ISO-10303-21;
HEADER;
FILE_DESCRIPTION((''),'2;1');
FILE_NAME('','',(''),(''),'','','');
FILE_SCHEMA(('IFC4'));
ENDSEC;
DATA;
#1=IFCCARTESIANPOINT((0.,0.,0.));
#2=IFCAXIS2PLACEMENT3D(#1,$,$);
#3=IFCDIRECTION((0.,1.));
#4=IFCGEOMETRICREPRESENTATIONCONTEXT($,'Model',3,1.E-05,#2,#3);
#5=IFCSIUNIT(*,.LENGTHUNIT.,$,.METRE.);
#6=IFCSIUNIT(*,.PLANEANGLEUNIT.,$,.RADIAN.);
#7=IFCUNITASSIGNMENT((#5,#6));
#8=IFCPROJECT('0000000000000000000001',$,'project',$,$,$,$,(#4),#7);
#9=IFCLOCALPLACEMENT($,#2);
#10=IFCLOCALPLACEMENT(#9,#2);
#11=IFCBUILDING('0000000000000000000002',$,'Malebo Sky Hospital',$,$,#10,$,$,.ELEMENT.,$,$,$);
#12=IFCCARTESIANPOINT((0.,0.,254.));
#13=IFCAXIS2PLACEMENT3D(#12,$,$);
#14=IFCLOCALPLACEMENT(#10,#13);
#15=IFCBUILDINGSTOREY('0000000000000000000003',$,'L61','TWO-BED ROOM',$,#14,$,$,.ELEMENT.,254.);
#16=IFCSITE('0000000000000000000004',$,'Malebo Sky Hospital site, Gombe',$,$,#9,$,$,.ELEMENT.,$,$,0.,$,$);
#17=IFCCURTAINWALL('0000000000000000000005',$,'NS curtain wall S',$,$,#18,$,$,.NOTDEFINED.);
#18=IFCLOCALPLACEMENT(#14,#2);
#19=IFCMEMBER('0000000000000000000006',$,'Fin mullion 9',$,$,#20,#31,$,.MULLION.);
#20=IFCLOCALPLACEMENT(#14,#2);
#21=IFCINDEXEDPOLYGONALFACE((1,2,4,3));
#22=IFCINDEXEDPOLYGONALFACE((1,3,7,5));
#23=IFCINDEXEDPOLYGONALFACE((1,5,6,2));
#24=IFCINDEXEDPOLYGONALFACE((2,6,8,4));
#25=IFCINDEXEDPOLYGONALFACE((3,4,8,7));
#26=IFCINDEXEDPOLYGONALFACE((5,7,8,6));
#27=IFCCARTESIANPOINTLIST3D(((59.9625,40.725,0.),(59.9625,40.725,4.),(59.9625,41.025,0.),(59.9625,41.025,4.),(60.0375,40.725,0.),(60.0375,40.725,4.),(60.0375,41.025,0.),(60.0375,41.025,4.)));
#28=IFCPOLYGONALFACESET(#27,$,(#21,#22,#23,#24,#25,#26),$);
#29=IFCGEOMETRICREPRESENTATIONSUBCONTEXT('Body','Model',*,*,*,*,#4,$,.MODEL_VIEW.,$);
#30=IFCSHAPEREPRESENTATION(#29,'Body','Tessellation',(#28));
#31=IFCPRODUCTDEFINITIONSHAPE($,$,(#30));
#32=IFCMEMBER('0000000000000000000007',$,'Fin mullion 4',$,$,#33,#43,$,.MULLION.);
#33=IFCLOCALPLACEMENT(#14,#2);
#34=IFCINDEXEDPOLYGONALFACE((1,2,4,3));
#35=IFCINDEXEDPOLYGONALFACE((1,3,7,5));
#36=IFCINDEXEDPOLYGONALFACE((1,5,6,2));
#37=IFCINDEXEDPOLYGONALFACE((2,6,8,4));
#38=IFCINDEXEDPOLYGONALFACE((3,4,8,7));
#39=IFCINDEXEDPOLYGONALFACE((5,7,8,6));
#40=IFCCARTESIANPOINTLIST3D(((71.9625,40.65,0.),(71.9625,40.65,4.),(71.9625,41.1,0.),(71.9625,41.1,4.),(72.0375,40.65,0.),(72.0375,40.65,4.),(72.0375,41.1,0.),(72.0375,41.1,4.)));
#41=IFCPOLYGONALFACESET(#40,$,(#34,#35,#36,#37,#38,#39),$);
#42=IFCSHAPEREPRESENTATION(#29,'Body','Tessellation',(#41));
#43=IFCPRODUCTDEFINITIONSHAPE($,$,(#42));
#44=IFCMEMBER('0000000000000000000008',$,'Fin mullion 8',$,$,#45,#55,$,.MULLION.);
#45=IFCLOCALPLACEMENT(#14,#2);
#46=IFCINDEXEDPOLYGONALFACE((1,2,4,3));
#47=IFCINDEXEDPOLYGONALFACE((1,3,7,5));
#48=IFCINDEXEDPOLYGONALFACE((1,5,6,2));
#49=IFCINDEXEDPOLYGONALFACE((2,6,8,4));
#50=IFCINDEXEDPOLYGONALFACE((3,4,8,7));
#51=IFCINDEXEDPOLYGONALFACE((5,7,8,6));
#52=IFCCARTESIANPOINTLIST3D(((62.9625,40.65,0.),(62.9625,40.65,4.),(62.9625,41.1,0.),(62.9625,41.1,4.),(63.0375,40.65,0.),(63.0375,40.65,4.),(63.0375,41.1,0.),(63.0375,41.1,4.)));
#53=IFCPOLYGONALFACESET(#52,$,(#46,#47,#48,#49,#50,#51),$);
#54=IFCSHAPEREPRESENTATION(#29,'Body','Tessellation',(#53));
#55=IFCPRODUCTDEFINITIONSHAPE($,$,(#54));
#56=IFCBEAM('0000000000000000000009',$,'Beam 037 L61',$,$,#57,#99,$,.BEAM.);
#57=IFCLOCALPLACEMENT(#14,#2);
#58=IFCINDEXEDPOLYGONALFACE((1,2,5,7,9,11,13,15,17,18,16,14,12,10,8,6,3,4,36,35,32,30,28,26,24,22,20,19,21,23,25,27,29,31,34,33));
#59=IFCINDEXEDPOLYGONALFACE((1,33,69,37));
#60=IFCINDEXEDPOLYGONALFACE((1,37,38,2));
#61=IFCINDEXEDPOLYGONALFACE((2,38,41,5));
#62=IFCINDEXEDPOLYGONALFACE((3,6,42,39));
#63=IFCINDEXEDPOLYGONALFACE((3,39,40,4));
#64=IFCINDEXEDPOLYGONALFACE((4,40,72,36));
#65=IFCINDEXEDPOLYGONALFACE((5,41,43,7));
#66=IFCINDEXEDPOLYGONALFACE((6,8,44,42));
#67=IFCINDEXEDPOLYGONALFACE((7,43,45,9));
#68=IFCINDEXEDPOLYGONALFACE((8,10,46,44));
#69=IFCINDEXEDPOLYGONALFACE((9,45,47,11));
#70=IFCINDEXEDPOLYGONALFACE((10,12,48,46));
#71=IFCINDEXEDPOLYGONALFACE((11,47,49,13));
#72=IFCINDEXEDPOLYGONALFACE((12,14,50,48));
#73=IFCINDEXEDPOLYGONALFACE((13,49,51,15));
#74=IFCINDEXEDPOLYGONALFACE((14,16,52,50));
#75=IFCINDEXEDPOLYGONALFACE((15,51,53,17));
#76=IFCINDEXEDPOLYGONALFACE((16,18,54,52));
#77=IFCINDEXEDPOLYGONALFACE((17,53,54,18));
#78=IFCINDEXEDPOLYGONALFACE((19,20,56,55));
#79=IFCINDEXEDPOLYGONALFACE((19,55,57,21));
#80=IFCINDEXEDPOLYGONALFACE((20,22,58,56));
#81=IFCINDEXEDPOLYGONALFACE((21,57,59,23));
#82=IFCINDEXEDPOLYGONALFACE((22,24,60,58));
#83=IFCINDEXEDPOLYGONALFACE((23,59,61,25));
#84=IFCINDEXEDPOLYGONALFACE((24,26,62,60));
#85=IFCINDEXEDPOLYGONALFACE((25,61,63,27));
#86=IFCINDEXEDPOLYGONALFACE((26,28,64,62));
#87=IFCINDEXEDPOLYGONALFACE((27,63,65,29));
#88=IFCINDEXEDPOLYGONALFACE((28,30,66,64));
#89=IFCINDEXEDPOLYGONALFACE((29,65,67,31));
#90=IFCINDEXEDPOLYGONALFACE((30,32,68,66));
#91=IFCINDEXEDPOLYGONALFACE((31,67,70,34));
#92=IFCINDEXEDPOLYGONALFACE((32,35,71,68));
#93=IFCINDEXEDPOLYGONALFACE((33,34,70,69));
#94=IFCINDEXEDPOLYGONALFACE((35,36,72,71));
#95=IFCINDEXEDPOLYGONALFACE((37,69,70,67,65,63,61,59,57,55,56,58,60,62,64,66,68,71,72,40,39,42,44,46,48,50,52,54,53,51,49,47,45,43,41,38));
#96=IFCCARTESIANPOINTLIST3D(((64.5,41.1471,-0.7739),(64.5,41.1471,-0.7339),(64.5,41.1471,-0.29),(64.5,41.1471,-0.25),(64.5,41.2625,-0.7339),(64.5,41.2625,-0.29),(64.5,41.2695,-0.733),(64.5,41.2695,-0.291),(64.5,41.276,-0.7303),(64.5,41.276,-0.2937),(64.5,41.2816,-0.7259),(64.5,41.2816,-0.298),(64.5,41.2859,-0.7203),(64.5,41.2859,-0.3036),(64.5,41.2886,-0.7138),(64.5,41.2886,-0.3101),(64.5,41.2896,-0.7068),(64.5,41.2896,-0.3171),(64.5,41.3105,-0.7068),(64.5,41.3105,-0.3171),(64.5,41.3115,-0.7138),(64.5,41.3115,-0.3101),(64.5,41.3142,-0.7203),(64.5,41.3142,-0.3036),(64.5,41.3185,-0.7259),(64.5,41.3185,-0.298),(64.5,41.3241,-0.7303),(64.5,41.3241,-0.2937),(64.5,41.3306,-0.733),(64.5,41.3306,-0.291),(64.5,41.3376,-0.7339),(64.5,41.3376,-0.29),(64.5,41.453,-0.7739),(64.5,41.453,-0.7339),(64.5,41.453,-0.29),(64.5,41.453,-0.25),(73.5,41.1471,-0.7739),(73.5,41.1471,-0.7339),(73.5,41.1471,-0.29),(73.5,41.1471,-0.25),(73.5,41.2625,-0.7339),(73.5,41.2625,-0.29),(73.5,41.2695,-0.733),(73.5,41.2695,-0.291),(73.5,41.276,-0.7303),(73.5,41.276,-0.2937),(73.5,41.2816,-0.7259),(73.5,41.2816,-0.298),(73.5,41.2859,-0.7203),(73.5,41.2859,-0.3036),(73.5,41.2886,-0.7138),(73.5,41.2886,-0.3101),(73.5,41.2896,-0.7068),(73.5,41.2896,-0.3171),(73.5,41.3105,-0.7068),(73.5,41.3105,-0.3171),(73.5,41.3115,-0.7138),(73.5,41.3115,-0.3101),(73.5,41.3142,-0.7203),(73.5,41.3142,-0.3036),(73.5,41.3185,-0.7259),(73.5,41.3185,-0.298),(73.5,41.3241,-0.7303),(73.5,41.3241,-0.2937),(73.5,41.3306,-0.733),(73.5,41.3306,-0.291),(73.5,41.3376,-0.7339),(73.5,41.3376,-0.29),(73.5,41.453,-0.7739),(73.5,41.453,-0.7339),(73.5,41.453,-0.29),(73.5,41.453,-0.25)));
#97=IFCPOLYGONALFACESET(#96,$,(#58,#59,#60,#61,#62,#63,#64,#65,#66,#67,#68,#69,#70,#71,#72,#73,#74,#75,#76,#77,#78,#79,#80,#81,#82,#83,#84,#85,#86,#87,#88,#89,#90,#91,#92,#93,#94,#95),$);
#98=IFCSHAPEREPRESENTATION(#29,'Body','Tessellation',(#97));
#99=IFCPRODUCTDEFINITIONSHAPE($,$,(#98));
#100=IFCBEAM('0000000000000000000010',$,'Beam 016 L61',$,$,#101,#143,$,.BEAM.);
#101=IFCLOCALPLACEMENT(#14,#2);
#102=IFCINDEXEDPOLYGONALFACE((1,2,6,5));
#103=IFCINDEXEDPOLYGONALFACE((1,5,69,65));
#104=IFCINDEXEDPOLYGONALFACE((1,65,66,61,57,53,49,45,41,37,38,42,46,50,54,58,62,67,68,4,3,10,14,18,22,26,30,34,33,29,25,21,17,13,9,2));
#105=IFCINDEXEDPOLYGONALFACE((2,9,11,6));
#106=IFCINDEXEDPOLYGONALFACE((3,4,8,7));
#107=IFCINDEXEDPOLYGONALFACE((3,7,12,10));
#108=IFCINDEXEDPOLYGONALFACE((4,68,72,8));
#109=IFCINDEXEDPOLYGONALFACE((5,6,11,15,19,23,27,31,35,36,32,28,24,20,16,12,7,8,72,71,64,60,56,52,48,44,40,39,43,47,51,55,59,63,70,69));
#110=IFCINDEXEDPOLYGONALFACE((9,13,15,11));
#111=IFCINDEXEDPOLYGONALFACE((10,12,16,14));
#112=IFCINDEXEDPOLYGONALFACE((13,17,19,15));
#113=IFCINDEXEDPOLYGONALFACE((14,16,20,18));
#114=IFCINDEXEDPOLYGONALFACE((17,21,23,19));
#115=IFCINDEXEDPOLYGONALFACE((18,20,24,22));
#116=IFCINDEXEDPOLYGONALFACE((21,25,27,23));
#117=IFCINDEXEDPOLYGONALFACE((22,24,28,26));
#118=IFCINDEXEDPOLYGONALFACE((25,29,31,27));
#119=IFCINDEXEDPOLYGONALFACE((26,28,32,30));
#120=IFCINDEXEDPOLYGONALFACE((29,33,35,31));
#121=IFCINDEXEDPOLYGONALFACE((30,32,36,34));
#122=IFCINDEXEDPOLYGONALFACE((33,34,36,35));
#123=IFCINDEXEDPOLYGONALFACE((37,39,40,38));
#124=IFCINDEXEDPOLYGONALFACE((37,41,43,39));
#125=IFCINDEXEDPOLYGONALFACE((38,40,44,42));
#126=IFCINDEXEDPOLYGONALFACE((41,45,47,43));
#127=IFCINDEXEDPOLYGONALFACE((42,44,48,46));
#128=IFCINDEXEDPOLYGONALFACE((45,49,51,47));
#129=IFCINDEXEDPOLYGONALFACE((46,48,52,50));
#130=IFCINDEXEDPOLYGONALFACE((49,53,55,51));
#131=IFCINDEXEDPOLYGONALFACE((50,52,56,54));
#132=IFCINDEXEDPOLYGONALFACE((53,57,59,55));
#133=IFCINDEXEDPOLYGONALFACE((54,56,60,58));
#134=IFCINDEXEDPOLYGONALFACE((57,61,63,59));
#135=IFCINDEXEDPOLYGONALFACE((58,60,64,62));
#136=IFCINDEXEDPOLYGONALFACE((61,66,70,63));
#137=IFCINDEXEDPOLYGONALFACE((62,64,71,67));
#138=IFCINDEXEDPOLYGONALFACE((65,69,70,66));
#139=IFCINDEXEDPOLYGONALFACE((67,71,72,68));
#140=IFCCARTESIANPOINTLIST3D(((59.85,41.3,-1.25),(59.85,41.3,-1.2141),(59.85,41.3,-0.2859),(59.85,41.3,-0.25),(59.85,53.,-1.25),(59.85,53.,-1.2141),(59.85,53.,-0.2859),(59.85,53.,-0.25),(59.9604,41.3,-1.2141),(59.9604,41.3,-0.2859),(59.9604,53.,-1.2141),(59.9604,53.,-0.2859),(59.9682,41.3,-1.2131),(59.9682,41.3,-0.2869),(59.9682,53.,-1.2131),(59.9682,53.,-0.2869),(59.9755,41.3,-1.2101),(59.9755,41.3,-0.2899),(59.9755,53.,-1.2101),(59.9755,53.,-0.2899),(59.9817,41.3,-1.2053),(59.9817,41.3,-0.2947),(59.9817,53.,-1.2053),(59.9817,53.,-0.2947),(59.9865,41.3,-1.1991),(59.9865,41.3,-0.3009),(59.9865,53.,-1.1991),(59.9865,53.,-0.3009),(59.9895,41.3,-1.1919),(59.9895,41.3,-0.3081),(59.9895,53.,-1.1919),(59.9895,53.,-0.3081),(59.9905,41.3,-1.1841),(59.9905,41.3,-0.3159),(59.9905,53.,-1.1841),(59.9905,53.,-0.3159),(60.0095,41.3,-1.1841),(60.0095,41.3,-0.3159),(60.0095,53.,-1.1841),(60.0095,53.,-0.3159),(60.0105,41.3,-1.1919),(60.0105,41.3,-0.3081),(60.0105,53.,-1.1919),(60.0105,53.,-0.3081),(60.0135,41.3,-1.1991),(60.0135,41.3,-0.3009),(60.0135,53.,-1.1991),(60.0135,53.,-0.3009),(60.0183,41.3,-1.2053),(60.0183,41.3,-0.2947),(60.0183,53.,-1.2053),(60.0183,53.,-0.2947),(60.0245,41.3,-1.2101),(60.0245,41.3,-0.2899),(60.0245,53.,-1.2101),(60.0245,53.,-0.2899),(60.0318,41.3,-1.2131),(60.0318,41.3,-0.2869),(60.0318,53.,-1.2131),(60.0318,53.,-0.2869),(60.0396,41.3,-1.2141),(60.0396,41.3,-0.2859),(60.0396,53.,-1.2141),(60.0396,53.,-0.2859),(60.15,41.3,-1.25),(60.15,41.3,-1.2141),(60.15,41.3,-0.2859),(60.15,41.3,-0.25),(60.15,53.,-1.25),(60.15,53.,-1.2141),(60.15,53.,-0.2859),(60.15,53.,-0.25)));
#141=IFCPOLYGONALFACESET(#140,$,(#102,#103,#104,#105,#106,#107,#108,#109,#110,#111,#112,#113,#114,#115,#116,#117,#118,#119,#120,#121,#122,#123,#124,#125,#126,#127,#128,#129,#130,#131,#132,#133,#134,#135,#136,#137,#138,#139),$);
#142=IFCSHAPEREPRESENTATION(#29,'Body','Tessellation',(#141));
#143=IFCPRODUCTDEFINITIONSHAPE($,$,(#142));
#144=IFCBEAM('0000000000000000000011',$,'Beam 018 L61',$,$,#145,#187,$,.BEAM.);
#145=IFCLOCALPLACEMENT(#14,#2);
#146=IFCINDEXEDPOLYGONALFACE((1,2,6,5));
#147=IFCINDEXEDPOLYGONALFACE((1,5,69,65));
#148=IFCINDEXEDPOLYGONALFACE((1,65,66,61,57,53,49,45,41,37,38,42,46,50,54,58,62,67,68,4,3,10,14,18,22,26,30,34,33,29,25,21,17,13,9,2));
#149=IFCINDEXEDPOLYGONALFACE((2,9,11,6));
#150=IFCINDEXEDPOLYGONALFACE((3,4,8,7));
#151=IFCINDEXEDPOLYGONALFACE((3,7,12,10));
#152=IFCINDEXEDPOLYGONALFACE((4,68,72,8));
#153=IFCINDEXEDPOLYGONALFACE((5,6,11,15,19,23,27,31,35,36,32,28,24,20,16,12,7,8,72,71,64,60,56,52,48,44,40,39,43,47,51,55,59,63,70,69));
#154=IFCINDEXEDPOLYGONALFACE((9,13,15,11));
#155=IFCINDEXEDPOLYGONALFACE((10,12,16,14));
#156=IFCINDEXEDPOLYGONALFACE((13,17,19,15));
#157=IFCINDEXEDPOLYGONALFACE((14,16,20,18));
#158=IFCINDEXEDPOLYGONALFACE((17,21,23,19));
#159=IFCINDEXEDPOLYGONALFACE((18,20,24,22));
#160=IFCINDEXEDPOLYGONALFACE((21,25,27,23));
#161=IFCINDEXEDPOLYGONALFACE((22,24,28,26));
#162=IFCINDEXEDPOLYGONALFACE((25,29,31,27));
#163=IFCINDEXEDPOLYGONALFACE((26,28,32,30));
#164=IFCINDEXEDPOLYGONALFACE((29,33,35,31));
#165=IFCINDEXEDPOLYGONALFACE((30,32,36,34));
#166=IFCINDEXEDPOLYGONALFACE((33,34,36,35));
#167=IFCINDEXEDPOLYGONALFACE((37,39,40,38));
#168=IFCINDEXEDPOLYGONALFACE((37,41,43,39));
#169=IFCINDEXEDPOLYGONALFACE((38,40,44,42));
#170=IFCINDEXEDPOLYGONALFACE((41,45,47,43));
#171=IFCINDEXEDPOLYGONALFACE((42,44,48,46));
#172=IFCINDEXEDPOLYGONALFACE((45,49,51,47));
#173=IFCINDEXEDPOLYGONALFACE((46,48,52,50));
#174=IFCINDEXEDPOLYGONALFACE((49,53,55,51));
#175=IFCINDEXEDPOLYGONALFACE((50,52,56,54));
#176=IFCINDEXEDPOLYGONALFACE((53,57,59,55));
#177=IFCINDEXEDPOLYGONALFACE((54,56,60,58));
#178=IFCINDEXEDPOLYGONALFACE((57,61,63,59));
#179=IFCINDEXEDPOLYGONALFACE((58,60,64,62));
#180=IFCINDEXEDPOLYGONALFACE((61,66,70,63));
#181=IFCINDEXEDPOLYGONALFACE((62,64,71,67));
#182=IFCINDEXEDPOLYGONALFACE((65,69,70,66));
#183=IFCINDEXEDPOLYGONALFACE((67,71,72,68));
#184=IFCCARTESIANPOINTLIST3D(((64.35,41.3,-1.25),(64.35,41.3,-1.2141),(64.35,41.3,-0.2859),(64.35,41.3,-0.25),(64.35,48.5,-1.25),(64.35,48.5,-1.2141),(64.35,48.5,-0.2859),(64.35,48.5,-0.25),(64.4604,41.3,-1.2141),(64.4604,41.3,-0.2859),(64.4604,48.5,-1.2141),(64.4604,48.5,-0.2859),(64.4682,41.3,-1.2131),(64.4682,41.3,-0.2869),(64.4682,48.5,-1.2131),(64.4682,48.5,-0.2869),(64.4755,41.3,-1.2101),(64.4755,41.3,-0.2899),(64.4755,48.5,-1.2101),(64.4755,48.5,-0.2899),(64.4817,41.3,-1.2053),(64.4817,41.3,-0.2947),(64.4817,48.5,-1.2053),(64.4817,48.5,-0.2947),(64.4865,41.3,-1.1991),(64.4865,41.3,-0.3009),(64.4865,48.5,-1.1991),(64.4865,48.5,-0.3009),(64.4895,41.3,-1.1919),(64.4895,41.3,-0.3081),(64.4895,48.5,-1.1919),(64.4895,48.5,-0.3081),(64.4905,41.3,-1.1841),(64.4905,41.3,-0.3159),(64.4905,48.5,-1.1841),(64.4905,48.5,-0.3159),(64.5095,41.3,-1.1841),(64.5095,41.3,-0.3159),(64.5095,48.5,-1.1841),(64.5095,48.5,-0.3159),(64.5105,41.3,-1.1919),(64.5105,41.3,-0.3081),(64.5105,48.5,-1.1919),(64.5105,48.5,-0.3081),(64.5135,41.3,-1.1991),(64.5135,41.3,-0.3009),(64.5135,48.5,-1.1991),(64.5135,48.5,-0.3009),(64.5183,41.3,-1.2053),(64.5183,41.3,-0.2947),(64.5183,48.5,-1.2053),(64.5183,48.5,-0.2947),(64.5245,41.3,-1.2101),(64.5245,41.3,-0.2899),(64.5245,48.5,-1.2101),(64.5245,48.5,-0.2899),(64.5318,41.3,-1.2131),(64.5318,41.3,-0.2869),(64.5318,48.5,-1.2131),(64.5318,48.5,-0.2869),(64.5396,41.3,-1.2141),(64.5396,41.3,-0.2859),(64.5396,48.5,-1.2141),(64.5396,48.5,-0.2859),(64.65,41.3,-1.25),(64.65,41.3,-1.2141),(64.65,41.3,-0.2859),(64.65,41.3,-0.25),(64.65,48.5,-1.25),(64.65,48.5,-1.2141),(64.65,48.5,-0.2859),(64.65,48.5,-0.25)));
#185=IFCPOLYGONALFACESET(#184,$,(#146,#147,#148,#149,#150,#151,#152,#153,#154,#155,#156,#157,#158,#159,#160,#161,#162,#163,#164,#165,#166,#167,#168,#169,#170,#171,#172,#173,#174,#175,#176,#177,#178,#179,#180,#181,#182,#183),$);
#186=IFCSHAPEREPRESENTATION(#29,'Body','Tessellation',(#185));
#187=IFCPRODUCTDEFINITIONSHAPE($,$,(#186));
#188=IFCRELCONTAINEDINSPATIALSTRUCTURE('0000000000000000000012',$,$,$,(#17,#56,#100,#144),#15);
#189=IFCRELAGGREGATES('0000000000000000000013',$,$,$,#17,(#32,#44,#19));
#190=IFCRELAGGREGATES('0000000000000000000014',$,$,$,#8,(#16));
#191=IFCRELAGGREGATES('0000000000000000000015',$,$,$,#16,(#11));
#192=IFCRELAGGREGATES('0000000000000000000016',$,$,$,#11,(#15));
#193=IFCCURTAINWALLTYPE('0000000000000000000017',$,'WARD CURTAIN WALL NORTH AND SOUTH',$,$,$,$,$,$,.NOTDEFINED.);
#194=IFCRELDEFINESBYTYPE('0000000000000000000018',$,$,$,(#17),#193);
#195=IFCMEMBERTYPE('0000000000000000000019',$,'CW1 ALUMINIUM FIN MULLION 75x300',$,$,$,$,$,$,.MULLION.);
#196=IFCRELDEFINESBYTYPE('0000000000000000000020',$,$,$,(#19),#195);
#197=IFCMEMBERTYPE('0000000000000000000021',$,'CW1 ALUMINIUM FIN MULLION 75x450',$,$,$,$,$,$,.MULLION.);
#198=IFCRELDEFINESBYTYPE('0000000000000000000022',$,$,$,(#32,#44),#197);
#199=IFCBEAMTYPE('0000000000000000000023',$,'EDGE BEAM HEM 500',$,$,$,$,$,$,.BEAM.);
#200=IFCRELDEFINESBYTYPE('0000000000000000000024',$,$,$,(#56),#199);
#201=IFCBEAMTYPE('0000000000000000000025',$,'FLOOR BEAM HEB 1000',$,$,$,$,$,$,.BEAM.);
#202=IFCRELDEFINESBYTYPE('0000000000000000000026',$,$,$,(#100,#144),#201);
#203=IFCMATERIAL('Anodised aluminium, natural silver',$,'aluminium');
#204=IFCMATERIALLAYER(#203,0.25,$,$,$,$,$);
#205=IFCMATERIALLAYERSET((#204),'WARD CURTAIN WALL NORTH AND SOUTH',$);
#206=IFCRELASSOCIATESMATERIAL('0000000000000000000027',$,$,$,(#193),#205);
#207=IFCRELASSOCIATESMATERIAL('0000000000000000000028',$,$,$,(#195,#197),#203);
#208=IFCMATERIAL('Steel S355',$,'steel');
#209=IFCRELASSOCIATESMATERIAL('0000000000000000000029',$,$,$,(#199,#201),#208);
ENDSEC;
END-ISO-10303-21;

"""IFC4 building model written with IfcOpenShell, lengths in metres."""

from ifc_helpers import new_model, si_unit, direction, frame, origin, origin_2d, place, context, subcontext, project, spatial, rectangle, i_section, extrude, material, layer, layer_set, material_profile, profile_set, type_object, element, aggregate, save


model = new_model("IFC4")

# Units and contexts
model_context = context("Model", 3, precision=1e-05, world=origin(), true_north=direction((0.0, 1.0)))
body_context = subcontext(model_context, "Body", "Model", "MODEL_VIEW")
ifc_project = project(units=[si_unit("LENGTHUNIT", "METRE"), si_unit("PLANEANGLEUNIT", "RADIAN")], contexts=[model_context])

# Site, building, storey
site_placement = place(None, origin())
site = spatial("IfcSite", under=ifc_project, at=site_placement, Name="Malebo Sky Hospital site, Gombe", CompositionType="ELEMENT", RefElevation=0.0)
building_placement = place(site_placement, origin())
building = spatial("IfcBuilding", under=site, at=building_placement, Name="Malebo Sky Hospital", CompositionType="ELEMENT")
storey_placement = place(building_placement, frame((0.0, 0.0, 254.0)))
storey = spatial("IfcBuildingStorey", under=building, at=storey_placement, Name="L61", Description="TWO-BED ROOM", CompositionType="ELEMENT", Elevation=254.0)

# Curtain wall, members
ifc_material_1 = material(Name="Anodised aluminium, natural silver", Category="aluminium")
ifc_layer_1 = layer(ifc_material_1, 0.25)
ifc_layer_set_1 = layer_set([ifc_layer_1], Name="WARD CURTAIN WALL NORTH AND SOUTH")
curtain_wall_type = type_object("IfcCurtainWallType", Name="WARD CURTAIN WALL NORTH AND SOUTH", PredefinedType="NOTDEFINED", material=ifc_layer_set_1)
curtain_wall_placement = place(storey_placement, origin())
curtain_wall = element("IfcCurtainWall", 1, at=curtain_wall_placement, inside=storey, type_object=curtain_wall_type, Name="NS curtain wall S", PredefinedType="NOTDEFINED")
ifc_material_profile_1 = material_profile(ifc_material_1, rectangle(XDim=0.075, YDim=0.3, at=origin_2d()), Name="CW1 ALUMINIUM FIN MULLION 75x300")
ifc_profile_set_1 = profile_set([ifc_material_profile_1], Name="Anodised aluminium, natural silver")
member_type_1 = type_object("IfcMemberType", Name="CW1 ALUMINIUM FIN MULLION 75x300", PredefinedType="MULLION", material=ifc_profile_set_1)
member_1_placement = place(storey_placement, frame((60.0, 40.875, 0.0), z_axis=(0.0, 0.0, 1.0), x_axis=(-1.0, 0.0, 0.0)))
member_1 = element("IfcMember", 2, at=member_1_placement, type_object=member_type_1, Name="Fin mullion 9", PredefinedType="MULLION", context=body_context, shape_type="SweptSolid", body=[
    extrude(rectangle(XDim=0.075, YDim=0.3, at=origin_2d()), origin(), (0.0, 0.0, 1.0), 4.0),
])
ifc_material_profile_2 = material_profile(ifc_material_1, rectangle(XDim=0.075, YDim=0.45, at=origin_2d()), Name="CW1 ALUMINIUM FIN MULLION 75x450")
ifc_profile_set_2 = profile_set([ifc_material_profile_2], Name="Anodised aluminium, natural silver")
member_type_2 = type_object("IfcMemberType", Name="CW1 ALUMINIUM FIN MULLION 75x450", PredefinedType="MULLION", material=ifc_profile_set_2)
member_2_placement = place(storey_placement, frame((72.0, 40.875, 0.0), z_axis=(0.0, 0.0, 1.0), x_axis=(-1.0, 0.0, 0.0)))
member_2 = element("IfcMember", 3, at=member_2_placement, type_object=member_type_2, Name="Fin mullion 4", PredefinedType="MULLION", context=body_context, shape_type="SweptSolid", body=[
    extrude(rectangle(XDim=0.075, YDim=0.45, at=origin_2d()), origin(), (0.0, 0.0, 1.0), 4.0),
])
member_3_placement = place(storey_placement, frame((63.0, 40.875, 0.0), z_axis=(0.0, 0.0, 1.0), x_axis=(-1.0, 0.0, 0.0)))
member_3 = element("IfcMember", 4, at=member_3_placement, type_object=member_type_2, Name="Fin mullion 8", PredefinedType="MULLION", context=body_context, shape_type="SweptSolid", body=[
    extrude(rectangle(XDim=0.075, YDim=0.45, at=origin_2d()), origin(), (0.0, 0.0, 1.0), 4.0),
])

# Beams
ifc_material_2 = material(Name="Steel S355", Category="steel")
ifc_material_profile_3 = material_profile(ifc_material_2, i_section(OverallWidth=0.3059, OverallDepth=0.5239, WebThickness=0.021, FlangeThickness=0.04, FilletRadius=0.0271, at=origin_2d()), Name="HEM 500")
ifc_profile_set_3 = profile_set([ifc_material_profile_3], Name="Steel S355")
beam_type_1 = type_object("IfcBeamType", Name="EDGE BEAM HEM 500", PredefinedType="BEAM", material=ifc_profile_set_3)
beam_1_placement = place(storey_placement, frame((64.5, 41.3, -0.512), z_axis=(1.0, 0.0, 0.0), x_axis=(0.0, 1.0, 0.0)))
element("IfcBeam", 5, at=beam_1_placement, inside=storey, type_object=beam_type_1, Name="Beam 037 L61", PredefinedType="BEAM", context=body_context, shape_type="SweptSolid", body=[
    extrude(i_section(OverallWidth=0.3059, OverallDepth=0.5239, WebThickness=0.021, FlangeThickness=0.04, FilletRadius=0.0271, at=origin_2d()), origin(), (0.0, 0.0, 1.0), 9.0),
])
ifc_material_profile_4 = material_profile(ifc_material_2, i_section(OverallWidth=0.3, OverallDepth=1.0, WebThickness=0.019, FlangeThickness=0.0359, FilletRadius=0.03, at=origin_2d()), Name="HEB 1000")
ifc_profile_set_4 = profile_set([ifc_material_profile_4], Name="Steel S355")
beam_type_2 = type_object("IfcBeamType", Name="FLOOR BEAM HEB 1000", PredefinedType="BEAM", material=ifc_profile_set_4)
beam_2_placement = place(storey_placement, frame((60.0, 41.3, -0.75), z_axis=(0.0, 1.0, 0.0), x_axis=(-1.0, 0.0, 0.0)))
element("IfcBeam", 6, at=beam_2_placement, inside=storey, type_object=beam_type_2, Name="Beam 016 L61", PredefinedType="BEAM", context=body_context, shape_type="SweptSolid", body=[
    extrude(i_section(OverallWidth=0.3, OverallDepth=1.0, WebThickness=0.019, FlangeThickness=0.0359, FilletRadius=0.03, at=origin_2d()), origin(), (0.0, 0.0, 1.0), 11.7),
])
beam_3_placement = place(storey_placement, frame((64.5, 41.3, -0.75), z_axis=(0.0, 1.0, 0.0), x_axis=(-1.0, 0.0, 0.0)))
element("IfcBeam", 7, at=beam_3_placement, inside=storey, type_object=beam_type_2, Name="Beam 018 L61", PredefinedType="BEAM", context=body_context, shape_type="SweptSolid", body=[
    extrude(i_section(OverallWidth=0.3, OverallDepth=1.0, WebThickness=0.019, FlangeThickness=0.0359, FilletRadius=0.03, at=origin_2d()), origin(), (0.0, 0.0, 1.0), 7.2),
])

aggregate(curtain_wall, [member_2, member_3, member_1])

save(model, "model.ifc")
